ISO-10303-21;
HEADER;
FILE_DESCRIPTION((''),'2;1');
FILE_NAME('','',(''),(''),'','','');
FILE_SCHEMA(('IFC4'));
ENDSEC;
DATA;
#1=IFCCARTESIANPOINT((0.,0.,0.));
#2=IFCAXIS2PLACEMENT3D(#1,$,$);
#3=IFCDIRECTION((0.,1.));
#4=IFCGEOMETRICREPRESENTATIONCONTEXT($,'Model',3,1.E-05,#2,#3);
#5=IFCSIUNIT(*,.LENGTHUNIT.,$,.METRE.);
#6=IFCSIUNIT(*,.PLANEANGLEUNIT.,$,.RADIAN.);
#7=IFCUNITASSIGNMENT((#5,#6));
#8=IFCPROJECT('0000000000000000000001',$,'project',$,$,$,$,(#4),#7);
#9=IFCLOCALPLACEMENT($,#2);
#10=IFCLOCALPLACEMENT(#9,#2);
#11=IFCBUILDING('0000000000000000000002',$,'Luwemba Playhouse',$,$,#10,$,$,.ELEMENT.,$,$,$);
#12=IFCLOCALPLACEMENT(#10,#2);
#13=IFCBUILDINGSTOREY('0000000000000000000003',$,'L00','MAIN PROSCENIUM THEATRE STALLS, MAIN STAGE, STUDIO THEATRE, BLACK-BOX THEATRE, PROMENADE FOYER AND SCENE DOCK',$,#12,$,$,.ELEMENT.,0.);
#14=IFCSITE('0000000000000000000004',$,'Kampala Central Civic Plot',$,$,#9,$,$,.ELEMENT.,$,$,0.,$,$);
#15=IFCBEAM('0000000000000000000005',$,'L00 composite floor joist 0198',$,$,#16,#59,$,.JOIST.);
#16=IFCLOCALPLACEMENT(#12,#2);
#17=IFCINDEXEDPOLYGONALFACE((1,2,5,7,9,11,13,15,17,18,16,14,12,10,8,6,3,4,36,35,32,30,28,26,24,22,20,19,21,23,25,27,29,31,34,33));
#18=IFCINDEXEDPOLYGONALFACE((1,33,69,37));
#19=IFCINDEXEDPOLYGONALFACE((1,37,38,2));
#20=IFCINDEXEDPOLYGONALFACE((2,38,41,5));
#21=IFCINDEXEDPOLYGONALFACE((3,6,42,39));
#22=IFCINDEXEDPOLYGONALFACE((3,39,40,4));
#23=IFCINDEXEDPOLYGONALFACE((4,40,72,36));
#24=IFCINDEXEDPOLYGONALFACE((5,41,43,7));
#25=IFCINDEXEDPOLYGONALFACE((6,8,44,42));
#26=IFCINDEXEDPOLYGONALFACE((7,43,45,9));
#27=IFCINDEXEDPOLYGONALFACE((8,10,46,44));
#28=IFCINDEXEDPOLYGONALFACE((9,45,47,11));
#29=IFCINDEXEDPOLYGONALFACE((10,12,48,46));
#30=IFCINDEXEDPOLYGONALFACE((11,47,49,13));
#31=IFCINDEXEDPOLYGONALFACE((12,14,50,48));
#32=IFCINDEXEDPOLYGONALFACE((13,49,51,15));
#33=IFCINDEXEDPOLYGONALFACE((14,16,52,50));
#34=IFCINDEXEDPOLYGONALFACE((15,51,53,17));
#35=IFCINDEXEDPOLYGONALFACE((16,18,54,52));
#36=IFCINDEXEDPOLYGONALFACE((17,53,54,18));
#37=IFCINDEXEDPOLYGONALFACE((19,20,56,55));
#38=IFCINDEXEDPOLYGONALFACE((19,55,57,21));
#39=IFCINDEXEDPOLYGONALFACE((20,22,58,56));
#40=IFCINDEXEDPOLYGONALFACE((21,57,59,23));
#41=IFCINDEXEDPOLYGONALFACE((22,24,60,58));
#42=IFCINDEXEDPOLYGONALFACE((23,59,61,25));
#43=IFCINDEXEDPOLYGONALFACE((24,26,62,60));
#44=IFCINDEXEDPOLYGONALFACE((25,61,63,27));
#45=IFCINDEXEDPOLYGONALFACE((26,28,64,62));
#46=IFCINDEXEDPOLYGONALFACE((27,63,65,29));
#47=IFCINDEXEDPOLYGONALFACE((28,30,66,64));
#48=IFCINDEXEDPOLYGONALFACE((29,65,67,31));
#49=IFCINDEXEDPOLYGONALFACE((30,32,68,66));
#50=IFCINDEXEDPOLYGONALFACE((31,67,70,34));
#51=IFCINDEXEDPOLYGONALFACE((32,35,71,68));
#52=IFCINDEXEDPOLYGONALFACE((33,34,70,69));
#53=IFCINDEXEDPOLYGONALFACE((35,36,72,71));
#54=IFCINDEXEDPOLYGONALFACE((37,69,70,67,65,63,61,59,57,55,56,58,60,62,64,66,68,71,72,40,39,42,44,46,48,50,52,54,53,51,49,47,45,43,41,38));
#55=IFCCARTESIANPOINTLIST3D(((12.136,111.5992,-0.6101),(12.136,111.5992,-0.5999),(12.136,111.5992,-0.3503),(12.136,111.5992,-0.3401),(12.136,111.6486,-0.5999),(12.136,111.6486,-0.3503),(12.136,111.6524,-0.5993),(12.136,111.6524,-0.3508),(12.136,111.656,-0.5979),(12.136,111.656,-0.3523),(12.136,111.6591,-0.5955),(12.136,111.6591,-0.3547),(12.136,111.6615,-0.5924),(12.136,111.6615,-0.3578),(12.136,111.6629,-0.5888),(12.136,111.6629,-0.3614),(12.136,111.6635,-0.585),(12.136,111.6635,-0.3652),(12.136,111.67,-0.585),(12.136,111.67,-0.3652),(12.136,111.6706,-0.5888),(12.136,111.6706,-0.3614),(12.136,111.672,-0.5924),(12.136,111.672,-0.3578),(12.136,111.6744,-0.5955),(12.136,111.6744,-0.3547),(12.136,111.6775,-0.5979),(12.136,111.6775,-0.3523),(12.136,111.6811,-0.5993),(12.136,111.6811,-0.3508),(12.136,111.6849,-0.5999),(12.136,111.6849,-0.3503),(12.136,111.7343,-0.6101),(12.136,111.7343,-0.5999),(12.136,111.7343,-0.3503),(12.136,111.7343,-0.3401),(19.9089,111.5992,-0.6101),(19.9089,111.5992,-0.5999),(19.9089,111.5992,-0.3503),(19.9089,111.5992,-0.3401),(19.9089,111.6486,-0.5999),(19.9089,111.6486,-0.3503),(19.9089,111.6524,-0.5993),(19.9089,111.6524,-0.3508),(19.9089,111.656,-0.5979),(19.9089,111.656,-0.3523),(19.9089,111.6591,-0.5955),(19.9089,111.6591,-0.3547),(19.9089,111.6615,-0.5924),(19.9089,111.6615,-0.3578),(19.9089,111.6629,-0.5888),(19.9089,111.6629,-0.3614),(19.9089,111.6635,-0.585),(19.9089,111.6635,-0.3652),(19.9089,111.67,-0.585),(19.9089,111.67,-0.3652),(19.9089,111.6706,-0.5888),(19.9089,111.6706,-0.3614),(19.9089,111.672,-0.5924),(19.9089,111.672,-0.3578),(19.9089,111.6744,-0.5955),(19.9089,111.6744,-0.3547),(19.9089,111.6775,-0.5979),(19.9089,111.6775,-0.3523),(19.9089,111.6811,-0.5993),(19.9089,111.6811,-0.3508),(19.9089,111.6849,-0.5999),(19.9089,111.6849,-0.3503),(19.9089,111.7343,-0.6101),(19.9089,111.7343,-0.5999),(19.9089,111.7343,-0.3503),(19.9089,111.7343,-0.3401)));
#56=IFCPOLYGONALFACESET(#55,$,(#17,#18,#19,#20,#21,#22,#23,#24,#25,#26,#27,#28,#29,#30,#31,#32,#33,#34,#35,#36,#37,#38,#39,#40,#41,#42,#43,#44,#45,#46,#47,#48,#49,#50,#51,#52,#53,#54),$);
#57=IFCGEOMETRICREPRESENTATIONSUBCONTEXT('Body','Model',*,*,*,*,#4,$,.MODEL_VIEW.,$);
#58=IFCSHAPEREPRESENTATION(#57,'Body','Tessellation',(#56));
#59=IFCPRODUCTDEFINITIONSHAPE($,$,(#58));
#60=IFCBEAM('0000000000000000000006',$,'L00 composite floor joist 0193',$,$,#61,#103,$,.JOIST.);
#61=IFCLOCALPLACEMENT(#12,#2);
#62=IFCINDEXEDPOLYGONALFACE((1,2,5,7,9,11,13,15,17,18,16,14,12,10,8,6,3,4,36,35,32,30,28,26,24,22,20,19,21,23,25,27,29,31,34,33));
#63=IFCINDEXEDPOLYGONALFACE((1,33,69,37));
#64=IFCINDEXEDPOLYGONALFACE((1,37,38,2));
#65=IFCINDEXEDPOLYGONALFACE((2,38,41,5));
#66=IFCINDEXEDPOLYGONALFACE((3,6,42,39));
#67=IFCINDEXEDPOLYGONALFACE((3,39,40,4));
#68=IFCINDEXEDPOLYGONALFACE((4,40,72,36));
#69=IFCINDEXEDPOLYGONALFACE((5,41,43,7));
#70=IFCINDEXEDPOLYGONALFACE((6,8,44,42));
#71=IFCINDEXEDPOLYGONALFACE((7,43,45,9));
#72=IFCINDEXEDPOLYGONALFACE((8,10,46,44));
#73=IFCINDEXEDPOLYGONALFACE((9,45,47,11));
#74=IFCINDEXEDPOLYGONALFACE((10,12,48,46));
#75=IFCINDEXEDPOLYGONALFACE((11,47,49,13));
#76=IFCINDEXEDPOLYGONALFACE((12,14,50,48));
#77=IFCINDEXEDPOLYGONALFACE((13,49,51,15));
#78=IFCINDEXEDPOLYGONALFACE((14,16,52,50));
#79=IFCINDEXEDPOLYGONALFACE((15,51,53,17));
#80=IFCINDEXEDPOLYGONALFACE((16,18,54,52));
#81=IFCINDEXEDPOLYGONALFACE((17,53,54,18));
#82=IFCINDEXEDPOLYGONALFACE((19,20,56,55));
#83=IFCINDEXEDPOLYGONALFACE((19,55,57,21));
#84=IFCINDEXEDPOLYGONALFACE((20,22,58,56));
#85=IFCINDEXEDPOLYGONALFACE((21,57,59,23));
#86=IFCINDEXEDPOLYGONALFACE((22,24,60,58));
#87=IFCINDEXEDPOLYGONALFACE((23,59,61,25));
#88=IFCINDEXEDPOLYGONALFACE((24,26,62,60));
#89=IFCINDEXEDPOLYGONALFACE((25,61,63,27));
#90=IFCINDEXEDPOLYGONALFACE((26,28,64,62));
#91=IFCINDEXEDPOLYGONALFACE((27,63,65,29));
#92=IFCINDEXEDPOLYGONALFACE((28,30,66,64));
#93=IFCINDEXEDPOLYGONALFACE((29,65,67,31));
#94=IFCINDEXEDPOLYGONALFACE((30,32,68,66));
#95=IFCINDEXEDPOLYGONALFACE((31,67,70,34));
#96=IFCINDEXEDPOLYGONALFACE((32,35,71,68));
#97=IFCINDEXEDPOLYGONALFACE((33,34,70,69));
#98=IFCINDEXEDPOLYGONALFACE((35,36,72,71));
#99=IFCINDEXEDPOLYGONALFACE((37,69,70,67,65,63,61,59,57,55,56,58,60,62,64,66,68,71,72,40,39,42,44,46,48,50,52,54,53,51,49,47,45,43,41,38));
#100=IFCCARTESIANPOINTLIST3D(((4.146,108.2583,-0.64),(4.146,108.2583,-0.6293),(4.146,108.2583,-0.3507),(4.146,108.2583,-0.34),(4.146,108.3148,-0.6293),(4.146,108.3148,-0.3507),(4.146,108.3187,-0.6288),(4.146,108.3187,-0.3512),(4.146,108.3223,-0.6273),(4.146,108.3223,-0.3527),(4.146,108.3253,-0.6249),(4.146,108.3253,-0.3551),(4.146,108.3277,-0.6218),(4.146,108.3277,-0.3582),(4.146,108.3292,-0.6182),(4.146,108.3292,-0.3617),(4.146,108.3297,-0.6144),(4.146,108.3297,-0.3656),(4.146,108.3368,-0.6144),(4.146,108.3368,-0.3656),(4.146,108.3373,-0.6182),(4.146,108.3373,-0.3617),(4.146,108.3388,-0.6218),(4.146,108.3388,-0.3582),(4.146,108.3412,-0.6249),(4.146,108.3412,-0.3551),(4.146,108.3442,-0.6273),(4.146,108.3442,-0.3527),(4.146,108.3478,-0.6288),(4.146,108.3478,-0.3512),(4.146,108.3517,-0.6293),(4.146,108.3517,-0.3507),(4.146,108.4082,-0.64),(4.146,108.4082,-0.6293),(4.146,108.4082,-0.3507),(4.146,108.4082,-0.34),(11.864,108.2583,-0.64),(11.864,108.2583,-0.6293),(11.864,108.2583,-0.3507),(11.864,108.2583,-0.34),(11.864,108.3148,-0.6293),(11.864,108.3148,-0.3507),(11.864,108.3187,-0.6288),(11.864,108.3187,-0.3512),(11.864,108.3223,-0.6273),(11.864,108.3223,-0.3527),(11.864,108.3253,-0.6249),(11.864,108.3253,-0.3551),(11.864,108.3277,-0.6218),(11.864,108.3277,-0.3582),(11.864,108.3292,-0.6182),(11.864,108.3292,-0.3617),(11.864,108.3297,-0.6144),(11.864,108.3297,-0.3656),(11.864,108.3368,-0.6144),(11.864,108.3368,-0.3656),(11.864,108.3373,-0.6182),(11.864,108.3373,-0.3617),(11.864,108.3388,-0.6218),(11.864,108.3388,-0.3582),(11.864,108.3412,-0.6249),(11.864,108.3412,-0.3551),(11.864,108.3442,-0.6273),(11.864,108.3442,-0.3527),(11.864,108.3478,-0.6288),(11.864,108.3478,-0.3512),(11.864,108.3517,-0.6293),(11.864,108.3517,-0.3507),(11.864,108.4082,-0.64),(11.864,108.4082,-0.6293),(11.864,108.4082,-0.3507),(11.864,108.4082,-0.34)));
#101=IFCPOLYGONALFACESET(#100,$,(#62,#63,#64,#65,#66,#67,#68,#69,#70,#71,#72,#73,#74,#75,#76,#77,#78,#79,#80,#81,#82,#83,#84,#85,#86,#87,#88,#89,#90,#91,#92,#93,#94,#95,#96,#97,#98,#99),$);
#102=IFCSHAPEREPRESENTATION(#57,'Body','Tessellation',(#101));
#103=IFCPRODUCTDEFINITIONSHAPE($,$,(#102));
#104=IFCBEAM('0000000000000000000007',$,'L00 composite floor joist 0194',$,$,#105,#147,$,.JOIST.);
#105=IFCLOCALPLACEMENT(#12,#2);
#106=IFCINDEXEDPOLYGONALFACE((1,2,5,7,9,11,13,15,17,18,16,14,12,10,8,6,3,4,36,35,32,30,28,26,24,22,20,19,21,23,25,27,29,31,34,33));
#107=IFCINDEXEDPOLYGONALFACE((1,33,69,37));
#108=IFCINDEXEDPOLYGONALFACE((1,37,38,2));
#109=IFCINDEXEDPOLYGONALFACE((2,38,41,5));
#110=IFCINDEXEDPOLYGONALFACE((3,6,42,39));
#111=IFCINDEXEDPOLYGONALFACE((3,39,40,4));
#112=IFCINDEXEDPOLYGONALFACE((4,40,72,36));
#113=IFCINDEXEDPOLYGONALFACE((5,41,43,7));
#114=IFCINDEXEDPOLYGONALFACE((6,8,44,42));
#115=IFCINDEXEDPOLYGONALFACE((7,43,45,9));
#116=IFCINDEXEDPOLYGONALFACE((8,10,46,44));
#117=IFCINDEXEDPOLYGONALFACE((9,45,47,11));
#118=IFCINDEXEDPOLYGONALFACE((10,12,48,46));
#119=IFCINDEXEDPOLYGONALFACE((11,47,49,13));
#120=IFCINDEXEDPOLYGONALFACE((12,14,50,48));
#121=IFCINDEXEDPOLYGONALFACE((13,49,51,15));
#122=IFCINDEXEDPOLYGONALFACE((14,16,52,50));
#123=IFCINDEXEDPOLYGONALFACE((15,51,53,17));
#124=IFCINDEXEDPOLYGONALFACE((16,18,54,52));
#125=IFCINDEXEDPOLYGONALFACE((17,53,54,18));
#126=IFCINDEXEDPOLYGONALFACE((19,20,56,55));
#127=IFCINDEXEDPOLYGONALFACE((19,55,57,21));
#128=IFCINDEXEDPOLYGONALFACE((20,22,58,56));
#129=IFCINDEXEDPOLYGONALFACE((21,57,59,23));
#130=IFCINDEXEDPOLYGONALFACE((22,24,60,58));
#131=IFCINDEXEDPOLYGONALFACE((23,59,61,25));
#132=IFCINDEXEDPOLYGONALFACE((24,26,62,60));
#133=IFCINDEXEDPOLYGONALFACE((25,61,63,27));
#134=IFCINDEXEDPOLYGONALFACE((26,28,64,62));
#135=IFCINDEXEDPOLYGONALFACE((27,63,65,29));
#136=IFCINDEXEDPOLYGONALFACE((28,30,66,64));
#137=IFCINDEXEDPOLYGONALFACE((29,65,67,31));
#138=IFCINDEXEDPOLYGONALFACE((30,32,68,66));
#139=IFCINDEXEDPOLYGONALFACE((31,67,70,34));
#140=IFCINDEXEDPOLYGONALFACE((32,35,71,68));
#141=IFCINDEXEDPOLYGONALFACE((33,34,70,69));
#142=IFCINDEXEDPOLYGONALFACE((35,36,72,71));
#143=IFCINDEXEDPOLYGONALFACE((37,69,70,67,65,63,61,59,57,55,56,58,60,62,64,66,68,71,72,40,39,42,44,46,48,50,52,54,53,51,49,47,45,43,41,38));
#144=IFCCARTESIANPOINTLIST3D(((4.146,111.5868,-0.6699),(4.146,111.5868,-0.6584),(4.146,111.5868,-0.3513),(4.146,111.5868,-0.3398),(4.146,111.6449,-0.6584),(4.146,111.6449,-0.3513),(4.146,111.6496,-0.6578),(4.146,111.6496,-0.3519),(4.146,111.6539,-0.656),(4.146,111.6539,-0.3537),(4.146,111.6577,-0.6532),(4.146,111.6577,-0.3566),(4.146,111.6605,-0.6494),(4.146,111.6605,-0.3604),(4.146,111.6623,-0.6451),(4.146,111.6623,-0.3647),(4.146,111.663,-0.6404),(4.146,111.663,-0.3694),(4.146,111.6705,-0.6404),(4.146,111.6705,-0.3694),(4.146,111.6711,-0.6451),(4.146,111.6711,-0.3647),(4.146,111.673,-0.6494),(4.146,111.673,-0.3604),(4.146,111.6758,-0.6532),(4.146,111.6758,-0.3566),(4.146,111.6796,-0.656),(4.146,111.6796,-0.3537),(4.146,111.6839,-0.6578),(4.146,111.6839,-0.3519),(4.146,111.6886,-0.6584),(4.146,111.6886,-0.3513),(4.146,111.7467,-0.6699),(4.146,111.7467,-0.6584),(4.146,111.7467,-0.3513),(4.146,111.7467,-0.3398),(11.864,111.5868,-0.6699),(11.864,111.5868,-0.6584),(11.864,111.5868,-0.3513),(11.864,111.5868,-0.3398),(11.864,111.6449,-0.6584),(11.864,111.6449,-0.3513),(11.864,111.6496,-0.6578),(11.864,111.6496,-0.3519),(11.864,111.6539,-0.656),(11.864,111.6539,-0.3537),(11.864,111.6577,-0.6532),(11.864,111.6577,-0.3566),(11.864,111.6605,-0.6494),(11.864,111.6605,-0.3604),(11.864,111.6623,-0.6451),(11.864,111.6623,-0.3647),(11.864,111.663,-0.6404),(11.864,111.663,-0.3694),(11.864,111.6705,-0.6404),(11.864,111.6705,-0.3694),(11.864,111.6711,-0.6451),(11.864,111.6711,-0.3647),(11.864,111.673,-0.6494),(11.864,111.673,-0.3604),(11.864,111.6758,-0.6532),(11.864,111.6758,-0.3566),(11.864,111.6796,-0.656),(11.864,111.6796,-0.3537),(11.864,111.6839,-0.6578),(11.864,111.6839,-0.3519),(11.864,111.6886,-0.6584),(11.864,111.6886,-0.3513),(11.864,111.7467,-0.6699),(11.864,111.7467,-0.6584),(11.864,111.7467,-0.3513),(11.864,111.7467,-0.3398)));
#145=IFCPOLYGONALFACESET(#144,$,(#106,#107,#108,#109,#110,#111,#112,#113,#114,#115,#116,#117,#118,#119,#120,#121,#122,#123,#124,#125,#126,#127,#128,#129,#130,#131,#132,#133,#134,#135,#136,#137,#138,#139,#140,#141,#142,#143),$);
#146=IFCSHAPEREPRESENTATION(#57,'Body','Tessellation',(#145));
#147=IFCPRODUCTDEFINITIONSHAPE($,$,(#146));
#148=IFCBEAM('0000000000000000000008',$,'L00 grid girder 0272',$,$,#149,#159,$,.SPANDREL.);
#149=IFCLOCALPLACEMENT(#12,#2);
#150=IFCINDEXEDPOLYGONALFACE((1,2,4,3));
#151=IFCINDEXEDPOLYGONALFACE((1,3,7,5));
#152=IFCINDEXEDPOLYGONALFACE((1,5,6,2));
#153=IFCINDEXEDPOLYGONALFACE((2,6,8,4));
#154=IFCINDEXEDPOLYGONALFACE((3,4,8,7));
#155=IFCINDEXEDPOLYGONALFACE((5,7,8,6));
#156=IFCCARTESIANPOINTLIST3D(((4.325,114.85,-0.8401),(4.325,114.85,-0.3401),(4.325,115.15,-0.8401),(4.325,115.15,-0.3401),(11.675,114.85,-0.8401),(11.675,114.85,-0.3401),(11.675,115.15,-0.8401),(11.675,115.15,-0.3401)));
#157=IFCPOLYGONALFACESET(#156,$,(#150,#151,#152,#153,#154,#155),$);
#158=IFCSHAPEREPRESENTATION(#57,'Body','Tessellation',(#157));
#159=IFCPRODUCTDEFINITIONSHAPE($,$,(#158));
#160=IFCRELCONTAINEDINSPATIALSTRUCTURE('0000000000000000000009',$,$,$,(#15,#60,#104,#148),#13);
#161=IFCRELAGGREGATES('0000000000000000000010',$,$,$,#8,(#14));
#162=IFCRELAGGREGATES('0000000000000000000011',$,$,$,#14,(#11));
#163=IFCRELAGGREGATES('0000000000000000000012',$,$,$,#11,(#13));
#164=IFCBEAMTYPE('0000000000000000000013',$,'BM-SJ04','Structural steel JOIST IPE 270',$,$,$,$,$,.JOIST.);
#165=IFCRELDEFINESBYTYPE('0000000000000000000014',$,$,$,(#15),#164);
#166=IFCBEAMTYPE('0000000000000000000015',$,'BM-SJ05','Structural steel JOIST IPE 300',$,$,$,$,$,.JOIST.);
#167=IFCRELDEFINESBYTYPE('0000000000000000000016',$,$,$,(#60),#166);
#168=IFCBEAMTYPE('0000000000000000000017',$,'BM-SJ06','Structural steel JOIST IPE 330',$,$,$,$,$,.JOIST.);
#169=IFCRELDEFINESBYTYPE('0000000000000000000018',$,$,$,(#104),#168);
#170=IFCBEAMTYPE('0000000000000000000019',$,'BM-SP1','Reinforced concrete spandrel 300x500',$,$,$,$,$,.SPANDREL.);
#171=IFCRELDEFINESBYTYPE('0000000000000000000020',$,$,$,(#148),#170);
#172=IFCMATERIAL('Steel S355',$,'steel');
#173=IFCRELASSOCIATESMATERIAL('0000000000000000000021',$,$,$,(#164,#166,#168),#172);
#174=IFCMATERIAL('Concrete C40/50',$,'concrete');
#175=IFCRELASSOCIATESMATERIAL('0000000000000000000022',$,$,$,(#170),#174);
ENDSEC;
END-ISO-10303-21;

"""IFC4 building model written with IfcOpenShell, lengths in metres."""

from ifc_helpers import new_model, si_unit, direction, frame, origin, origin_2d, place, context, subcontext, project, spatial, rectangle, i_section, extrude, material, material_profile, profile_set, type_object, element, save


model = new_model("IFC4")

# Units and contexts
model_context = context("Model", 3, precision=1e-05, world=origin(), true_north=direction((0.0, 1.0)))
body_context = subcontext(model_context, "Body", "Model", "MODEL_VIEW")
ifc_project = project(units=[si_unit("LENGTHUNIT", "METRE"), si_unit("PLANEANGLEUNIT", "RADIAN")], contexts=[model_context])

# Site, building, storey
site_placement = place(None, origin())
site = spatial("IfcSite", under=ifc_project, at=site_placement, Name="Kampala Central Civic Plot", CompositionType="ELEMENT", RefElevation=0.0)
building_placement = place(site_placement, origin())
building = spatial("IfcBuilding", under=site, at=building_placement, Name="Luwemba Playhouse", CompositionType="ELEMENT")
storey_placement = place(building_placement, origin())
storey = spatial("IfcBuildingStorey", under=building, at=storey_placement, Name="L00", Description="MAIN PROSCENIUM THEATRE STALLS, MAIN STAGE, STUDIO THEATRE, BLACK-BOX THEATRE, PROMENADE FOYER AND SCENE DOCK", CompositionType="ELEMENT", Elevation=0.0)

# Shared definitions
ifc_material_1 = material(Name="Concrete C40/50", Category="concrete")

# Beams
ifc_material_2 = material(Name="Steel S355", Category="steel")
ifc_material_profile_1 = material_profile(ifc_material_2, i_section(OverallWidth=0.135, OverallDepth=0.27, WebThickness=0.0066, FlangeThickness=0.0103, FilletRadius=0.0149, at=origin_2d()))
ifc_profile_set_1 = profile_set([ifc_material_profile_1], Name="Steel S355")
beam_type_1 = type_object("IfcBeamType", Name="BM-SJ04", Description="Structural steel JOIST IPE 270", PredefinedType="JOIST", material=ifc_profile_set_1)
beam_1_placement = place(storey_placement, frame((12.136, 111.6667, -0.4751), z_axis=(1.0, 0.0, 0.0), x_axis=(0.0, 1.0, 0.0)))
element("IfcBeam", 1, at=beam_1_placement, inside=storey, type_object=beam_type_1, Name="L00 composite floor joist 0198", PredefinedType="JOIST", context=body_context, shape_type="SweptSolid", body=[
    extrude(i_section(OverallWidth=0.135, OverallDepth=0.27, WebThickness=0.0066, FlangeThickness=0.0103, FilletRadius=0.0149, at=origin_2d()), origin(), (0.0, 0.0, 1.0), 7.7729),
])
ifc_material_profile_2 = material_profile(ifc_material_2, i_section(OverallWidth=0.1499, OverallDepth=0.3, WebThickness=0.0071, FlangeThickness=0.0107, FilletRadius=0.0149, at=origin_2d()))
ifc_profile_set_2 = profile_set([ifc_material_profile_2], Name="Steel S355")
beam_type_2 = type_object("IfcBeamType", Name="BM-SJ05", Description="Structural steel JOIST IPE 300", PredefinedType="JOIST", material=ifc_profile_set_2)
beam_2_placement = place(storey_placement, frame((4.146, 108.3333, -0.49), z_axis=(1.0, 0.0, 0.0), x_axis=(0.0, 1.0, 0.0)))
element("IfcBeam", 2, at=beam_2_placement, inside=storey, type_object=beam_type_2, Name="L00 composite floor joist 0193", PredefinedType="JOIST", context=body_context, shape_type="SweptSolid", body=[
    extrude(i_section(OverallWidth=0.1499, OverallDepth=0.3, WebThickness=0.0071, FlangeThickness=0.0107, FilletRadius=0.0149, at=origin_2d()), origin(), (0.0, 0.0, 1.0), 7.718),
])
ifc_material_profile_3 = material_profile(ifc_material_2, i_section(OverallWidth=0.1599, OverallDepth=0.3301, WebThickness=0.0076, FlangeThickness=0.0115, FilletRadius=0.0181, at=origin_2d()))
ifc_profile_set_3 = profile_set([ifc_material_profile_3], Name="Steel S355")
beam_type_3 = type_object("IfcBeamType", Name="BM-SJ06", Description="Structural steel JOIST IPE 330", PredefinedType="JOIST", material=ifc_profile_set_3)
beam_3_placement = place(storey_placement, frame((4.146, 111.6667, -0.5049), z_axis=(1.0, 0.0, 0.0), x_axis=(0.0, 1.0, 0.0)))
element("IfcBeam", 3, at=beam_3_placement, inside=storey, type_object=beam_type_3, Name="L00 composite floor joist 0194", PredefinedType="JOIST", context=body_context, shape_type="SweptSolid", body=[
    extrude(i_section(OverallWidth=0.1599, OverallDepth=0.3301, WebThickness=0.0076, FlangeThickness=0.0115, FilletRadius=0.0181, at=origin_2d()), origin(), (0.0, 0.0, 1.0), 7.718),
])
ifc_material_profile_4 = material_profile(ifc_material_1, rectangle(XDim=0.3, YDim=0.5, at=origin_2d()))
ifc_profile_set_4 = profile_set([ifc_material_profile_4], Name="Concrete C40/50")
beam_type_4 = type_object("IfcBeamType", Name="BM-SP1", Description="Reinforced concrete spandrel 300x500", PredefinedType="SPANDREL", material=ifc_profile_set_4)
beam_4_placement = place(storey_placement, frame((4.325, 115.0, -0.5901), z_axis=(1.0, 0.0, 0.0), x_axis=(0.0, 1.0, 0.0)))
element("IfcBeam", 4, at=beam_4_placement, inside=storey, type_object=beam_type_4, Name="L00 grid girder 0272", PredefinedType="SPANDREL", context=body_context, shape_type="SweptSolid", body=[
    extrude(rectangle(XDim=0.3, YDim=0.5, at=origin_2d()), origin(), (0.0, 0.0, 1.0), 7.3501),
])

save(model, "model.ifc")
